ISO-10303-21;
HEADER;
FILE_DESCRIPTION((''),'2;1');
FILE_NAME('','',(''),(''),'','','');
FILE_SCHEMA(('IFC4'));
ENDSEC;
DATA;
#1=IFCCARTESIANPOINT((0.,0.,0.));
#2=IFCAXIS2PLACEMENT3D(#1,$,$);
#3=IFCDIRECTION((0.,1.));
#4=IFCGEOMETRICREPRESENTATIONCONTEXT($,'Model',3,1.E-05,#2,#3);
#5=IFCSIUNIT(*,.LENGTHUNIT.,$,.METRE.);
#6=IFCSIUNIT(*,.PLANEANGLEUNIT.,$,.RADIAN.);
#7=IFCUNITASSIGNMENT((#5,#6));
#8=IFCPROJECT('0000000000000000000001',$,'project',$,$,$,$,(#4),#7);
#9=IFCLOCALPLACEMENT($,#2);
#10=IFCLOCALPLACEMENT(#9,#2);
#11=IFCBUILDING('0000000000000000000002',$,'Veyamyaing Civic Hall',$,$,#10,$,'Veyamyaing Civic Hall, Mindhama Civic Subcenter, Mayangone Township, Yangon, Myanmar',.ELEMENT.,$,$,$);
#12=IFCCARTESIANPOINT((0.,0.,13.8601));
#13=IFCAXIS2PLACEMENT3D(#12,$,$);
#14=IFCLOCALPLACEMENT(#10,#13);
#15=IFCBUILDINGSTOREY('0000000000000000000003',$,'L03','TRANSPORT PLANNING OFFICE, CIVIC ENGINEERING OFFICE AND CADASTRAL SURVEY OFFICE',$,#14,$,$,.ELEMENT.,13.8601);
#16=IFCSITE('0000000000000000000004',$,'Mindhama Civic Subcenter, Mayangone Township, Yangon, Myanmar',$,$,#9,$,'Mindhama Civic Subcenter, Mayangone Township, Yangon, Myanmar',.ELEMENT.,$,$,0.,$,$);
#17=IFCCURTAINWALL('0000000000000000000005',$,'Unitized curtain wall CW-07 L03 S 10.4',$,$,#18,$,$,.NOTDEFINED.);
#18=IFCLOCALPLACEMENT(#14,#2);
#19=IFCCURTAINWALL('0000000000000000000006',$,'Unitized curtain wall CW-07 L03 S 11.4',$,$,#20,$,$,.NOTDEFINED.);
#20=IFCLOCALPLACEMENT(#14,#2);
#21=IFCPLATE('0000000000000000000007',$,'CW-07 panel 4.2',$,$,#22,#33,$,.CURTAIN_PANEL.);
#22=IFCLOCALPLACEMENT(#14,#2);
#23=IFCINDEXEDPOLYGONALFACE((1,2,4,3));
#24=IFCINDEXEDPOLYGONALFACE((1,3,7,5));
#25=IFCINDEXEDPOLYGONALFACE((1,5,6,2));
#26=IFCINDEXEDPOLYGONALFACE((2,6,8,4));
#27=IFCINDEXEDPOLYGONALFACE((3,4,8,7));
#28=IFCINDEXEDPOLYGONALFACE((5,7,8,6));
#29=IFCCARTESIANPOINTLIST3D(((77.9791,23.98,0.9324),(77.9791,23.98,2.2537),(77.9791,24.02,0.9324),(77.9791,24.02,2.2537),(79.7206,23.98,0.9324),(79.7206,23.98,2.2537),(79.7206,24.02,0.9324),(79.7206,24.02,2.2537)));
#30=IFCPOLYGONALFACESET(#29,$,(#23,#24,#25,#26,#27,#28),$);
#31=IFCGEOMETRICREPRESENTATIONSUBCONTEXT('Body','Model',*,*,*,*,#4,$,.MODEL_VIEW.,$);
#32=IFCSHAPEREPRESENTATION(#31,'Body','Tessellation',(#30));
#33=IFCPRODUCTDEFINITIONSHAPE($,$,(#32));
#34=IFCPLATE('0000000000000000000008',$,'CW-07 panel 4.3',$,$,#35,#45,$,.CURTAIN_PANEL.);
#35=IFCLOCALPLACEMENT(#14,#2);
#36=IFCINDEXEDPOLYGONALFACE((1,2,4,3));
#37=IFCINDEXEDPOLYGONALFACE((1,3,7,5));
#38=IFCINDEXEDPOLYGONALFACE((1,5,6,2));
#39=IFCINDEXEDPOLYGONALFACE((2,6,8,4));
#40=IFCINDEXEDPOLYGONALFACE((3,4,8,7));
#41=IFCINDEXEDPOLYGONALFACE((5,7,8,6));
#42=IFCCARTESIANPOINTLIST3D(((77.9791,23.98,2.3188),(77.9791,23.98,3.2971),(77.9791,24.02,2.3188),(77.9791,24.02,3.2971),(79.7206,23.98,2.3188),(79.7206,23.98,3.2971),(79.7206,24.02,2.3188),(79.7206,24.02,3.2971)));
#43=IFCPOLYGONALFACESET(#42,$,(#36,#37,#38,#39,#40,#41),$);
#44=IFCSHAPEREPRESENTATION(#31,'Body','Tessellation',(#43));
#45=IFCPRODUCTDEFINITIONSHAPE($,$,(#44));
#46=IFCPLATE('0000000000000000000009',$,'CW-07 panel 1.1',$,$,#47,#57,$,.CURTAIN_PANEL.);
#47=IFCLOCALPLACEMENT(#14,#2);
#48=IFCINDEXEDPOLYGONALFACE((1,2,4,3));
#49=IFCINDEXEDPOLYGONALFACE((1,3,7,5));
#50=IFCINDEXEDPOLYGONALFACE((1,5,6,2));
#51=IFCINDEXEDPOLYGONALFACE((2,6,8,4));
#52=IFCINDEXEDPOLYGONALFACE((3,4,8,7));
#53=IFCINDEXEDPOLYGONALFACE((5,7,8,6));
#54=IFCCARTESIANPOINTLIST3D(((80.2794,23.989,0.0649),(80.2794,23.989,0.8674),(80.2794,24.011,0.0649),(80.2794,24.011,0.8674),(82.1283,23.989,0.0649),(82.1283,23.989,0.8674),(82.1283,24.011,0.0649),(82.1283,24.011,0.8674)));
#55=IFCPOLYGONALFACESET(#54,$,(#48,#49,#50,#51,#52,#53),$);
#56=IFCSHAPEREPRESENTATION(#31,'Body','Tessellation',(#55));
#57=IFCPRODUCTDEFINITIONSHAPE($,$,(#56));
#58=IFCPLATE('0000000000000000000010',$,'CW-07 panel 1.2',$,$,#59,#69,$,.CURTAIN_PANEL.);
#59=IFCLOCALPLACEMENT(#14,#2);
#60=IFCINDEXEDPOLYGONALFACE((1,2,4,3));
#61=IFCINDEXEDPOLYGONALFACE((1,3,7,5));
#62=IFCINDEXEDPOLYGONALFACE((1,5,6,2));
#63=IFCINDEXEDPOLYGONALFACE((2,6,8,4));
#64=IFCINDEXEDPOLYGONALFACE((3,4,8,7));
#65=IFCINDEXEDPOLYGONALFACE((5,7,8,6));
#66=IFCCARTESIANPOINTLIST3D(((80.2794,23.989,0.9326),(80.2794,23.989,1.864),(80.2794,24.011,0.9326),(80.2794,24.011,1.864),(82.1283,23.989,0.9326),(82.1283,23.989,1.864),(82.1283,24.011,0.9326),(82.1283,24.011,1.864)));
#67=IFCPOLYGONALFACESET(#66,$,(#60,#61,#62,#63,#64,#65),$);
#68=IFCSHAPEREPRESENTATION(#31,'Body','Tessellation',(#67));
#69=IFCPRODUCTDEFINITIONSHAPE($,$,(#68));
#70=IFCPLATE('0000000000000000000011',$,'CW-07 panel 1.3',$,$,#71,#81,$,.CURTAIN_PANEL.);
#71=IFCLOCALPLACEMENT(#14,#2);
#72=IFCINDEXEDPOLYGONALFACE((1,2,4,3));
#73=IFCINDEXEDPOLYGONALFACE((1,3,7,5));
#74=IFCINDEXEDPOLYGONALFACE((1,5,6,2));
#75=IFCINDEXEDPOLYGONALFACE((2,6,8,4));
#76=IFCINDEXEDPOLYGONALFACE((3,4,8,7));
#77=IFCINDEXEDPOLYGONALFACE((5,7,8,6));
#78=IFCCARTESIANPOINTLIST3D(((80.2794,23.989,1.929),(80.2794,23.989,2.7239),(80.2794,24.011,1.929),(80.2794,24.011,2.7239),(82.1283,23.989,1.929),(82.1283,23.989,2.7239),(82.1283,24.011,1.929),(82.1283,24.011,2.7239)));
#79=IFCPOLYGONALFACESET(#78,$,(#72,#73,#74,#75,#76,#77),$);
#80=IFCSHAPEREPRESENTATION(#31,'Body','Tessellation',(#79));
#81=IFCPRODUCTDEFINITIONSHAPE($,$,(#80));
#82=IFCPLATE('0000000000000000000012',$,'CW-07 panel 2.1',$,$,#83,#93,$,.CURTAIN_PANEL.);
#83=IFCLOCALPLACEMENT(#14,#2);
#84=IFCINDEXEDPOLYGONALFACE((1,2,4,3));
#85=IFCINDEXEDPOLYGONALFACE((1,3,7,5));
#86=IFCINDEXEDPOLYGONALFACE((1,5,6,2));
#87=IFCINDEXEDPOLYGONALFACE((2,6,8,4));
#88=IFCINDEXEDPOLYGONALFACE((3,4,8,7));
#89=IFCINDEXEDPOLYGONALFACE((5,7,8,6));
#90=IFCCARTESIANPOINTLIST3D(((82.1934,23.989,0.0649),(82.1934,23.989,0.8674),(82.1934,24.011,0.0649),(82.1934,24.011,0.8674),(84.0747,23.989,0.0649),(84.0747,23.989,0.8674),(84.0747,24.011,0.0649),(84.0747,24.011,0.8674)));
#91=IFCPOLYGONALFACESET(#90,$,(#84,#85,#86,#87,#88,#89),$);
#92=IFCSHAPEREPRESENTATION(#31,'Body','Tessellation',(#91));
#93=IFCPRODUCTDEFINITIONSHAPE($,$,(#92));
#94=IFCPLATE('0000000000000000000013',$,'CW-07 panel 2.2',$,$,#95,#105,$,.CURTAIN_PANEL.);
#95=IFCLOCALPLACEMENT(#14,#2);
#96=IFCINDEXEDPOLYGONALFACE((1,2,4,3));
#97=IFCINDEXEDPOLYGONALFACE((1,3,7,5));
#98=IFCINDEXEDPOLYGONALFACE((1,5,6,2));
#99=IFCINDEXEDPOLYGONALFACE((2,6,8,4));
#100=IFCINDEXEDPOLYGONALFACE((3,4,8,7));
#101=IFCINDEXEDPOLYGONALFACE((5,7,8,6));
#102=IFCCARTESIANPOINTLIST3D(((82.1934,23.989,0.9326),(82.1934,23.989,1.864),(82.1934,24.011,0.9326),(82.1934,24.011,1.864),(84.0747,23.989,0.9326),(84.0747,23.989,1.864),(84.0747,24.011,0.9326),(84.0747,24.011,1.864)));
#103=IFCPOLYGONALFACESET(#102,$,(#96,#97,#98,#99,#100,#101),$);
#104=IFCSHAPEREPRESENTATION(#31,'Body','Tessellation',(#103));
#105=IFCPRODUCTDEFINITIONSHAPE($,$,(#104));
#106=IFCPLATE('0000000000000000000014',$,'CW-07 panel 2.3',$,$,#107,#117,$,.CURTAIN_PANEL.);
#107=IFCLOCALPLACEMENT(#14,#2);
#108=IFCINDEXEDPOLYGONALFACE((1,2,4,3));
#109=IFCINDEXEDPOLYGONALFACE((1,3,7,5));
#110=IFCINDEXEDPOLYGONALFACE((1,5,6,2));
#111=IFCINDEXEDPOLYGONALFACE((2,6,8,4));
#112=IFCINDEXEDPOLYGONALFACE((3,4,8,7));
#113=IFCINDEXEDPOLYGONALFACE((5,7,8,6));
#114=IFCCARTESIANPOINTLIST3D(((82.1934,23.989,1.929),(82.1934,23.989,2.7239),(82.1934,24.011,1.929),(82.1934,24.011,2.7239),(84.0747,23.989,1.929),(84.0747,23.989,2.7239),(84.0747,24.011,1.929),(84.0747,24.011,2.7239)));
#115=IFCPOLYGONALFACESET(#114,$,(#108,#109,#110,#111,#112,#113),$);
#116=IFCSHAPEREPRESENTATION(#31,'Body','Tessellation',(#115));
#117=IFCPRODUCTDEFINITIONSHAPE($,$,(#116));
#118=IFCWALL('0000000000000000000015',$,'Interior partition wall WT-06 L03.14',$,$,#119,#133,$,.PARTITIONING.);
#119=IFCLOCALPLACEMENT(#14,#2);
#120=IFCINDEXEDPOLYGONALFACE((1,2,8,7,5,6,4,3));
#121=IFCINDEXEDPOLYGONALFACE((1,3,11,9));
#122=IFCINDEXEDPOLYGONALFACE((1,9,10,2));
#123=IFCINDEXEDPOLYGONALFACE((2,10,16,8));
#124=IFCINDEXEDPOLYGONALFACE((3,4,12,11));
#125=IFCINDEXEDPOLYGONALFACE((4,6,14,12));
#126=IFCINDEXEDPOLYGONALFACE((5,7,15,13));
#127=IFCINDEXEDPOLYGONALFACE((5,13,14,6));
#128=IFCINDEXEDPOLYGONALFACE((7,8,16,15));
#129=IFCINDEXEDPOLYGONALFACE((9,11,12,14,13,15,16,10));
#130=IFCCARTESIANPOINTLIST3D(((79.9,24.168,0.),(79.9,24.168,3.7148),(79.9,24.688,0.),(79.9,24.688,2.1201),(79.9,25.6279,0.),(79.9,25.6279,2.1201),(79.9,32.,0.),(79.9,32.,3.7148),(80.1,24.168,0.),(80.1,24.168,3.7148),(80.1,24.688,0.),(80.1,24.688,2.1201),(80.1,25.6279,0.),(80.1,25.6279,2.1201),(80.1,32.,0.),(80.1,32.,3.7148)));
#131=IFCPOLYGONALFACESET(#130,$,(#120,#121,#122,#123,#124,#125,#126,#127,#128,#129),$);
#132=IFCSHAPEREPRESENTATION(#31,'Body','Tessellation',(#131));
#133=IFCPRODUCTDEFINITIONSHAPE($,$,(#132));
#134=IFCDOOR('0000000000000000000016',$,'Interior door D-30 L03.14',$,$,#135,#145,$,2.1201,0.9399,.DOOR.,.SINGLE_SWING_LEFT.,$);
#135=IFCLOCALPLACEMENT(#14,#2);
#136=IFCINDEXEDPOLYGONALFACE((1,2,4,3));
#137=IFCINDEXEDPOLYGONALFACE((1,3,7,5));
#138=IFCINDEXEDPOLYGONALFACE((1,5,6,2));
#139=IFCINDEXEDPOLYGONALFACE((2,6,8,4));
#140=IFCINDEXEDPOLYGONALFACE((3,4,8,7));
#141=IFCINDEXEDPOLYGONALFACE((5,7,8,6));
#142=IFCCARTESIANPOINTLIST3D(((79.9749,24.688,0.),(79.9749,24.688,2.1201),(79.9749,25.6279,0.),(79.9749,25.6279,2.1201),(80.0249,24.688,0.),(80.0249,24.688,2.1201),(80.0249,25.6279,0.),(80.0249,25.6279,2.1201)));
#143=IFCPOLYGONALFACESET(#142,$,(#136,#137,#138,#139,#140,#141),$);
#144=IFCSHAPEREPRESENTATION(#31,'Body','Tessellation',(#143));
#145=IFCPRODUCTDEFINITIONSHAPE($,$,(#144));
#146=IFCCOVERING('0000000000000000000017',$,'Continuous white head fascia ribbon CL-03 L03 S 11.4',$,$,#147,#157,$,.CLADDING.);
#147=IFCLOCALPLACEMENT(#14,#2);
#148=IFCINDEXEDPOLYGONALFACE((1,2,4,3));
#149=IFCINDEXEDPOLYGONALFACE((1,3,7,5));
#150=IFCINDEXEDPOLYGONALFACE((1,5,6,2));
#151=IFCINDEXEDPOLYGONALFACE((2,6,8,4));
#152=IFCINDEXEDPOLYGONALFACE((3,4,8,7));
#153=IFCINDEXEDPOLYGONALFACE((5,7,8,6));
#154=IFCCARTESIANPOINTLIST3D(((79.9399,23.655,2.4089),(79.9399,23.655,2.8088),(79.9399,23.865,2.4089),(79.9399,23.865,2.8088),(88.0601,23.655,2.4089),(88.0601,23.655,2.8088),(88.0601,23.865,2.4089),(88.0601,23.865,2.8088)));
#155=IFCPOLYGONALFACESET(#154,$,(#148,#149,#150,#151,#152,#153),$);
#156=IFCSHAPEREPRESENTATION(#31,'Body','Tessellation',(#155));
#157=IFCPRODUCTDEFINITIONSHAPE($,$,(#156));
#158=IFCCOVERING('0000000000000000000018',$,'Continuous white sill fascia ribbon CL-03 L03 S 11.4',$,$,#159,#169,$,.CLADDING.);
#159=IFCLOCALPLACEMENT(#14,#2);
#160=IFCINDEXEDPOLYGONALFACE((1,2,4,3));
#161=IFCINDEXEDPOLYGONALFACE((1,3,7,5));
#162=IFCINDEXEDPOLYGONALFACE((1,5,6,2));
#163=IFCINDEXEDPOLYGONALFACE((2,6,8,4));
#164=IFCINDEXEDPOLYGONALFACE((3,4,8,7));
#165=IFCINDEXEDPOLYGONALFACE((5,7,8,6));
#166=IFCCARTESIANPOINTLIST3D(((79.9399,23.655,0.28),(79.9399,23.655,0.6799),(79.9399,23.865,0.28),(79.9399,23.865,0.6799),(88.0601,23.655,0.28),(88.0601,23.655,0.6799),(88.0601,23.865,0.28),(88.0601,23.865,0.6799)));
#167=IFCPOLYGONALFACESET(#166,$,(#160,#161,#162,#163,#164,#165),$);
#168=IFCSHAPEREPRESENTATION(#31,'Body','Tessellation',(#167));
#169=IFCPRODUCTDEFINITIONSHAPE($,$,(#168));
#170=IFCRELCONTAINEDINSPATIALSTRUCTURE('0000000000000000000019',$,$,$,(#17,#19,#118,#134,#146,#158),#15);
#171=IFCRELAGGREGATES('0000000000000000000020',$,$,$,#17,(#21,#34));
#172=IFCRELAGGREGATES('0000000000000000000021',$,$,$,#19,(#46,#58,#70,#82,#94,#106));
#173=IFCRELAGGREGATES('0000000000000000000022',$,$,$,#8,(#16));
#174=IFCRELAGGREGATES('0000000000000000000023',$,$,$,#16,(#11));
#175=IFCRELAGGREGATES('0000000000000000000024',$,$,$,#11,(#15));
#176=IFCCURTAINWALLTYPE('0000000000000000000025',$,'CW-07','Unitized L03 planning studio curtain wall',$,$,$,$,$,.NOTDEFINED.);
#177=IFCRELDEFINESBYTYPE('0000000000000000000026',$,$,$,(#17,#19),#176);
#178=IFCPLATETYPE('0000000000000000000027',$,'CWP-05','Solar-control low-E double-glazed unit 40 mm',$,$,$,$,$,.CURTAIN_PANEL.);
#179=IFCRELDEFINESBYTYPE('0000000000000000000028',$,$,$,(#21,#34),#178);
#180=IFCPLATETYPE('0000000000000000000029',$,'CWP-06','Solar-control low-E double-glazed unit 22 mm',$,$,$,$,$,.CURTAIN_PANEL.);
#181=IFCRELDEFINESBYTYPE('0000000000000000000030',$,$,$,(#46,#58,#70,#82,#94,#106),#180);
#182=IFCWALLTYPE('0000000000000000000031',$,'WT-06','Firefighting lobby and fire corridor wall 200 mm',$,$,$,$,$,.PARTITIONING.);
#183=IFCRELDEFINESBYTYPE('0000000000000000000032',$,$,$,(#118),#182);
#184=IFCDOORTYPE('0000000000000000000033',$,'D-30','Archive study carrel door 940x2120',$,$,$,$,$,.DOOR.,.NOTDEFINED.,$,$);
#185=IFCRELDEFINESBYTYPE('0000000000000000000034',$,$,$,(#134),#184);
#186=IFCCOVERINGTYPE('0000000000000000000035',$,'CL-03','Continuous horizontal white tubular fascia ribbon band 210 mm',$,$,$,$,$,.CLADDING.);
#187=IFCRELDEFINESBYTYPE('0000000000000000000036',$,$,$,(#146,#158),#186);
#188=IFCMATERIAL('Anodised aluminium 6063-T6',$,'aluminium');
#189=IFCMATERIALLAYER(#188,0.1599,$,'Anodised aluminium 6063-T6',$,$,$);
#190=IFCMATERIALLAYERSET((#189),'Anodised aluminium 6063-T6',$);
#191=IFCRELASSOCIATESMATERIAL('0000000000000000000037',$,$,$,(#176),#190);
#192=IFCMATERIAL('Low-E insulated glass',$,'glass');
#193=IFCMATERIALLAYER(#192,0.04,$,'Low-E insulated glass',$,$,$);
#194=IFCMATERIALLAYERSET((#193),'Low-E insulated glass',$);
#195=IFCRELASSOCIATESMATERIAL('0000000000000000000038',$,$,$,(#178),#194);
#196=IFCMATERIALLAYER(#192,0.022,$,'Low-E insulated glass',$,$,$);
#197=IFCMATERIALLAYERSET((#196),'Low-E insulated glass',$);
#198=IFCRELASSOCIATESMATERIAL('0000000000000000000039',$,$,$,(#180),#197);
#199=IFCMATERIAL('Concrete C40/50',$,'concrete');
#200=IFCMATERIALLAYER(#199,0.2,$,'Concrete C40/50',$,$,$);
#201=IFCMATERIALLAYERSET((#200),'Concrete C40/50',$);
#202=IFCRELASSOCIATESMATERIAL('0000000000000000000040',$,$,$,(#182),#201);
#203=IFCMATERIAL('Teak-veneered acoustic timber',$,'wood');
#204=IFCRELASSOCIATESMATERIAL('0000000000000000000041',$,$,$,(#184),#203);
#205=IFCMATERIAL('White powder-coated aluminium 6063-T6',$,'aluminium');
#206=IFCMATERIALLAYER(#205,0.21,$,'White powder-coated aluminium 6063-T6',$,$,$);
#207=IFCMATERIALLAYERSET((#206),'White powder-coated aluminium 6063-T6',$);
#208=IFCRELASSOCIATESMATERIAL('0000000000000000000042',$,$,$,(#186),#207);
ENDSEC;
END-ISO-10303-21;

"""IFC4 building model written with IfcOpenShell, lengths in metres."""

from ifc_helpers import new_model, si_unit, direction, frame, frame_2d, origin, origin_2d, place, context, subcontext, project, spatial, rectangle, extrude, material, layer, layer_set, type_object, element, fill, aggregate, save


model = new_model("IFC4")

# Units and contexts
model_context = context("Model", 3, precision=1e-05, world=origin(), true_north=direction((0.0, 1.0)))
body_context = subcontext(model_context, "Body", "Model", "MODEL_VIEW")
ifc_project = project(units=[si_unit("LENGTHUNIT", "METRE"), si_unit("PLANEANGLEUNIT", "RADIAN")], contexts=[model_context])

# Site, building, storey
site_placement = place(None, origin())
site = spatial("IfcSite", under=ifc_project, at=site_placement, Name="Mindhama Civic Subcenter, Mayangone Township, Yangon, Myanmar", LongName="Mindhama Civic Subcenter, Mayangone Township, Yangon, Myanmar", CompositionType="ELEMENT", RefElevation=0.0)
building_placement = place(site_placement, origin())
building = spatial("IfcBuilding", under=site, at=building_placement, Name="Veyamyaing Civic Hall", LongName="Veyamyaing Civic Hall, Mindhama Civic Subcenter, Mayangone Township, Yangon, Myanmar", CompositionType="ELEMENT")
storey_placement = place(building_placement, frame((0.0, 0.0, 13.8601)))
storey = spatial("IfcBuildingStorey", under=building, at=storey_placement, Name="L03", Description="TRANSPORT PLANNING OFFICE, CIVIC ENGINEERING OFFICE AND CADASTRAL SURVEY OFFICE", CompositionType="ELEMENT", Elevation=13.8601)

# Curtain walls
ifc_material_1 = material(Name="Anodised aluminium 6063-T6", Category="aluminium")
ifc_layer_1 = layer(ifc_material_1, 0.1599, Name="Anodised aluminium 6063-T6")
ifc_layer_set_1 = layer_set([ifc_layer_1], Name="Anodised aluminium 6063-T6")
curtain_wall_type = type_object("IfcCurtainWallType", Name="CW-07", Description="Unitized L03 planning studio curtain wall", PredefinedType="NOTDEFINED", material=ifc_layer_set_1)
curtain_wall_1_placement = place(storey_placement, origin())
curtain_wall_1 = element("IfcCurtainWall", 1, at=curtain_wall_1_placement, inside=storey, type_object=curtain_wall_type, Name="Unitized curtain wall CW-07 L03 S 10.4", PredefinedType="NOTDEFINED")
curtain_wall_2_placement = place(storey_placement, origin())
curtain_wall_2 = element("IfcCurtainWall", 2, at=curtain_wall_2_placement, inside=storey, type_object=curtain_wall_type, Name="Unitized curtain wall CW-07 L03 S 11.4", PredefinedType="NOTDEFINED")

# Plates
ifc_material_2 = material(Name="Low-E insulated glass", Category="glass")
ifc_layer_2 = layer(ifc_material_2, 0.04, Name="Low-E insulated glass")
ifc_layer_set_2 = layer_set([ifc_layer_2], Name="Low-E insulated glass")
plate_type_1 = type_object("IfcPlateType", Name="CWP-05", Description="Solar-control low-E double-glazed unit 40 mm", PredefinedType="CURTAIN_PANEL", material=ifc_layer_set_2)
plate_1_placement = place(storey_placement, frame((78.8499, 24.0, 0.9324), z_axis=(0.0, 0.0, 1.0), x_axis=(1.0, 0.0, 0.0)))
plate_1 = element("IfcPlate", 3, at=plate_1_placement, type_object=plate_type_1, Name="CW-07 panel 4.2", PredefinedType="CURTAIN_PANEL", context=body_context, shape_type="SweptSolid", body=[
    extrude(rectangle(XDim=1.7415, YDim=0.04, at=origin_2d()), origin(), (0.0, 0.0, 1.0), 1.3213),
])
plate_2_placement = place(storey_placement, frame((78.8499, 24.0, 2.3188), z_axis=(0.0, 0.0, 1.0), x_axis=(1.0, 0.0, 0.0)))
plate_2 = element("IfcPlate", 4, at=plate_2_placement, type_object=plate_type_1, Name="CW-07 panel 4.3", PredefinedType="CURTAIN_PANEL", context=body_context, shape_type="SweptSolid", body=[
    extrude(rectangle(XDim=1.7415, YDim=0.04, at=origin_2d()), origin(), (0.0, 0.0, 1.0), 0.9783),
])
aggregate(curtain_wall_1, [plate_1, plate_2])
ifc_layer_3 = layer(ifc_material_2, 0.022, Name="Low-E insulated glass")
ifc_layer_set_3 = layer_set([ifc_layer_3], Name="Low-E insulated glass")
plate_type_2 = type_object("IfcPlateType", Name="CWP-06", Description="Solar-control low-E double-glazed unit 22 mm", PredefinedType="CURTAIN_PANEL", material=ifc_layer_set_3)
plate_3_placement = place(storey_placement, frame((81.2039, 24.0, 0.0649), z_axis=(0.0, 0.0, 1.0), x_axis=(1.0, 0.0, 0.0)))
plate_3 = element("IfcPlate", 5, at=plate_3_placement, type_object=plate_type_2, Name="CW-07 panel 1.1", PredefinedType="CURTAIN_PANEL", context=body_context, shape_type="SweptSolid", body=[
    extrude(rectangle(XDim=1.8489, YDim=0.022, at=origin_2d()), origin(), (0.0, 0.0, 1.0), 0.8025),
])
plate_4_placement = place(storey_placement, frame((81.2039, 24.0, 0.9326), z_axis=(0.0, 0.0, 1.0), x_axis=(1.0, 0.0, 0.0)))
plate_4 = element("IfcPlate", 6, at=plate_4_placement, type_object=plate_type_2, Name="CW-07 panel 1.2", PredefinedType="CURTAIN_PANEL", context=body_context, shape_type="SweptSolid", body=[
    extrude(rectangle(XDim=1.8489, YDim=0.022, at=origin_2d()), origin(), (0.0, 0.0, 1.0), 0.9314),
])
plate_5_placement = place(storey_placement, frame((81.2039, 24.0, 1.929), z_axis=(0.0, 0.0, 1.0), x_axis=(1.0, 0.0, 0.0)))
plate_5 = element("IfcPlate", 7, at=plate_5_placement, type_object=plate_type_2, Name="CW-07 panel 1.3", PredefinedType="CURTAIN_PANEL", context=body_context, shape_type="SweptSolid", body=[
    extrude(rectangle(XDim=1.8489, YDim=0.022, at=origin_2d()), origin(), (0.0, 0.0, 1.0), 0.7949),
])
plate_6_placement = place(storey_placement, frame((83.134, 24.0, 0.0649), z_axis=(0.0, 0.0, 1.0), x_axis=(1.0, 0.0, 0.0)))
plate_6 = element("IfcPlate", 8, at=plate_6_placement, type_object=plate_type_2, Name="CW-07 panel 2.1", PredefinedType="CURTAIN_PANEL", context=body_context, shape_type="SweptSolid", body=[
    extrude(rectangle(XDim=1.8813, YDim=0.022, at=origin_2d()), origin(), (0.0, 0.0, 1.0), 0.8025),
])
plate_7_placement = place(storey_placement, frame((83.134, 24.0, 0.9326), z_axis=(0.0, 0.0, 1.0), x_axis=(1.0, 0.0, 0.0)))
plate_7 = element("IfcPlate", 9, at=plate_7_placement, type_object=plate_type_2, Name="CW-07 panel 2.2", PredefinedType="CURTAIN_PANEL", context=body_context, shape_type="SweptSolid", body=[
    extrude(rectangle(XDim=1.8813, YDim=0.022, at=origin_2d()), origin(), (0.0, 0.0, 1.0), 0.9314),
])
plate_8_placement = place(storey_placement, frame((83.134, 24.0, 1.929), z_axis=(0.0, 0.0, 1.0), x_axis=(1.0, 0.0, 0.0)))
plate_8 = element("IfcPlate", 10, at=plate_8_placement, type_object=plate_type_2, Name="CW-07 panel 2.3", PredefinedType="CURTAIN_PANEL", context=body_context, shape_type="SweptSolid", body=[
    extrude(rectangle(XDim=1.8813, YDim=0.022, at=origin_2d()), origin(), (0.0, 0.0, 1.0), 0.7949),
])
aggregate(curtain_wall_2, [plate_3, plate_4, plate_5, plate_6, plate_7, plate_8])

# Wall, opening, door
ifc_material_3 = material(Name="Concrete C40/50", Category="concrete")
ifc_layer_4 = layer(ifc_material_3, 0.2, Name="Concrete C40/50")
ifc_layer_set_4 = layer_set([ifc_layer_4], Name="Concrete C40/50")
wall_type = type_object("IfcWallType", Name="WT-06", Description="Firefighting lobby and fire corridor wall 200 mm", PredefinedType="PARTITIONING", material=ifc_layer_set_4)
wall_placement = place(storey_placement, frame((80.0, 24.168, 0.0), z_axis=(0.0, 0.0, 1.0), x_axis=(0.0, 1.0, 0.0)))
wall = element("IfcWall", 11, at=wall_placement, inside=storey, type_object=wall_type, Name="Interior partition wall WT-06 L03.14", PredefinedType="PARTITIONING", context=body_context, shape_type="SweptSolid", body=[
    extrude(rectangle(XDim=7.832, YDim=0.2, at=frame_2d((3.916, 0.0))), origin(), (0.0, 0.0, 1.0), 3.7148),
])
opening_placement = place(wall_placement, frame((0.52, 0.0, 0.0)))
opening = element("IfcOpeningElement", 12, at=opening_placement, cuts=wall, PredefinedType="OPENING", context=body_context, shape_type="SweptSolid", body=[
    extrude(rectangle(XDim=0.9399, YDim=2.1201, at=frame_2d((0.47, 1.0601))), frame((0.0, 0.1099, 0.0), z_axis=(0.0, -1.0, 0.0), x_axis=(1.0, 0.0, 0.0)), (0.0, 0.0, 1.0), 0.22),
])
ifc_material_4 = material(Name="Teak-veneered acoustic timber", Category="wood")
door_type = type_object("IfcDoorType", Name="D-30", Description="Archive study carrel door 940x2120", OperationType="NOTDEFINED", PredefinedType="DOOR", material=ifc_material_4)
door_placement = place(opening_placement, frame((0.9399, 0.0, 0.0), z_axis=(0.0, 0.0, 1.0), x_axis=(-1.0, 0.0, 0.0)))
door = element("IfcDoor", 13, at=door_placement, inside=storey, type_object=door_type, Name="Interior door D-30 L03.14", OperationType="SINGLE_SWING_LEFT", OverallHeight=2.1201, OverallWidth=0.9399, PredefinedType="DOOR", context=body_context, shape_type="SweptSolid", body=[
    extrude(rectangle(XDim=0.9399, YDim=2.1201, at=frame_2d((0.47, 1.0601))), frame((0.0, 0.0249, 0.0), z_axis=(0.0, -1.0, 0.0), x_axis=(1.0, 0.0, 0.0)), (0.0, 0.0, 1.0), 0.05),
])
fill(opening, door)

# Coverings
ifc_material_5 = material(Name="White powder-coated aluminium 6063-T6", Category="aluminium")
ifc_layer_5 = layer(ifc_material_5, 0.21, Name="White powder-coated aluminium 6063-T6")
ifc_layer_set_5 = layer_set([ifc_layer_5], Name="White powder-coated aluminium 6063-T6")
covering_type = type_object("IfcCoveringType", Name="CL-03", Description="Continuous horizontal white tubular fascia ribbon band 210 mm", PredefinedType="CLADDING", material=ifc_layer_set_5)
for number, where, z_axis, x_axis, name in (
    (14, (84.0, 23.76, 2.4089), (0.0, 0.0, 1.0), (1.0, 0.0, 0.0), "Continuous white head fascia ribbon CL-03 L03 S 11.4"),
    (15, (84.0, 23.76, 0.28), (0.0, 0.0, 1.0), (1.0, 0.0, 0.0), "Continuous white sill fascia ribbon CL-03 L03 S 11.4"),
):
    element("IfcCovering", number, at=place(storey_placement, frame(where, z_axis=z_axis, x_axis=x_axis)), inside=storey, type_object=covering_type, Name=name, PredefinedType="CLADDING", context=body_context, shape_type="SweptSolid", body=[
        extrude(rectangle(XDim=8.1201, YDim=0.21, at=origin_2d()), origin(), (0.0, 0.0, 1.0), 0.3999),
    ])

save(model, "model.ifc")
